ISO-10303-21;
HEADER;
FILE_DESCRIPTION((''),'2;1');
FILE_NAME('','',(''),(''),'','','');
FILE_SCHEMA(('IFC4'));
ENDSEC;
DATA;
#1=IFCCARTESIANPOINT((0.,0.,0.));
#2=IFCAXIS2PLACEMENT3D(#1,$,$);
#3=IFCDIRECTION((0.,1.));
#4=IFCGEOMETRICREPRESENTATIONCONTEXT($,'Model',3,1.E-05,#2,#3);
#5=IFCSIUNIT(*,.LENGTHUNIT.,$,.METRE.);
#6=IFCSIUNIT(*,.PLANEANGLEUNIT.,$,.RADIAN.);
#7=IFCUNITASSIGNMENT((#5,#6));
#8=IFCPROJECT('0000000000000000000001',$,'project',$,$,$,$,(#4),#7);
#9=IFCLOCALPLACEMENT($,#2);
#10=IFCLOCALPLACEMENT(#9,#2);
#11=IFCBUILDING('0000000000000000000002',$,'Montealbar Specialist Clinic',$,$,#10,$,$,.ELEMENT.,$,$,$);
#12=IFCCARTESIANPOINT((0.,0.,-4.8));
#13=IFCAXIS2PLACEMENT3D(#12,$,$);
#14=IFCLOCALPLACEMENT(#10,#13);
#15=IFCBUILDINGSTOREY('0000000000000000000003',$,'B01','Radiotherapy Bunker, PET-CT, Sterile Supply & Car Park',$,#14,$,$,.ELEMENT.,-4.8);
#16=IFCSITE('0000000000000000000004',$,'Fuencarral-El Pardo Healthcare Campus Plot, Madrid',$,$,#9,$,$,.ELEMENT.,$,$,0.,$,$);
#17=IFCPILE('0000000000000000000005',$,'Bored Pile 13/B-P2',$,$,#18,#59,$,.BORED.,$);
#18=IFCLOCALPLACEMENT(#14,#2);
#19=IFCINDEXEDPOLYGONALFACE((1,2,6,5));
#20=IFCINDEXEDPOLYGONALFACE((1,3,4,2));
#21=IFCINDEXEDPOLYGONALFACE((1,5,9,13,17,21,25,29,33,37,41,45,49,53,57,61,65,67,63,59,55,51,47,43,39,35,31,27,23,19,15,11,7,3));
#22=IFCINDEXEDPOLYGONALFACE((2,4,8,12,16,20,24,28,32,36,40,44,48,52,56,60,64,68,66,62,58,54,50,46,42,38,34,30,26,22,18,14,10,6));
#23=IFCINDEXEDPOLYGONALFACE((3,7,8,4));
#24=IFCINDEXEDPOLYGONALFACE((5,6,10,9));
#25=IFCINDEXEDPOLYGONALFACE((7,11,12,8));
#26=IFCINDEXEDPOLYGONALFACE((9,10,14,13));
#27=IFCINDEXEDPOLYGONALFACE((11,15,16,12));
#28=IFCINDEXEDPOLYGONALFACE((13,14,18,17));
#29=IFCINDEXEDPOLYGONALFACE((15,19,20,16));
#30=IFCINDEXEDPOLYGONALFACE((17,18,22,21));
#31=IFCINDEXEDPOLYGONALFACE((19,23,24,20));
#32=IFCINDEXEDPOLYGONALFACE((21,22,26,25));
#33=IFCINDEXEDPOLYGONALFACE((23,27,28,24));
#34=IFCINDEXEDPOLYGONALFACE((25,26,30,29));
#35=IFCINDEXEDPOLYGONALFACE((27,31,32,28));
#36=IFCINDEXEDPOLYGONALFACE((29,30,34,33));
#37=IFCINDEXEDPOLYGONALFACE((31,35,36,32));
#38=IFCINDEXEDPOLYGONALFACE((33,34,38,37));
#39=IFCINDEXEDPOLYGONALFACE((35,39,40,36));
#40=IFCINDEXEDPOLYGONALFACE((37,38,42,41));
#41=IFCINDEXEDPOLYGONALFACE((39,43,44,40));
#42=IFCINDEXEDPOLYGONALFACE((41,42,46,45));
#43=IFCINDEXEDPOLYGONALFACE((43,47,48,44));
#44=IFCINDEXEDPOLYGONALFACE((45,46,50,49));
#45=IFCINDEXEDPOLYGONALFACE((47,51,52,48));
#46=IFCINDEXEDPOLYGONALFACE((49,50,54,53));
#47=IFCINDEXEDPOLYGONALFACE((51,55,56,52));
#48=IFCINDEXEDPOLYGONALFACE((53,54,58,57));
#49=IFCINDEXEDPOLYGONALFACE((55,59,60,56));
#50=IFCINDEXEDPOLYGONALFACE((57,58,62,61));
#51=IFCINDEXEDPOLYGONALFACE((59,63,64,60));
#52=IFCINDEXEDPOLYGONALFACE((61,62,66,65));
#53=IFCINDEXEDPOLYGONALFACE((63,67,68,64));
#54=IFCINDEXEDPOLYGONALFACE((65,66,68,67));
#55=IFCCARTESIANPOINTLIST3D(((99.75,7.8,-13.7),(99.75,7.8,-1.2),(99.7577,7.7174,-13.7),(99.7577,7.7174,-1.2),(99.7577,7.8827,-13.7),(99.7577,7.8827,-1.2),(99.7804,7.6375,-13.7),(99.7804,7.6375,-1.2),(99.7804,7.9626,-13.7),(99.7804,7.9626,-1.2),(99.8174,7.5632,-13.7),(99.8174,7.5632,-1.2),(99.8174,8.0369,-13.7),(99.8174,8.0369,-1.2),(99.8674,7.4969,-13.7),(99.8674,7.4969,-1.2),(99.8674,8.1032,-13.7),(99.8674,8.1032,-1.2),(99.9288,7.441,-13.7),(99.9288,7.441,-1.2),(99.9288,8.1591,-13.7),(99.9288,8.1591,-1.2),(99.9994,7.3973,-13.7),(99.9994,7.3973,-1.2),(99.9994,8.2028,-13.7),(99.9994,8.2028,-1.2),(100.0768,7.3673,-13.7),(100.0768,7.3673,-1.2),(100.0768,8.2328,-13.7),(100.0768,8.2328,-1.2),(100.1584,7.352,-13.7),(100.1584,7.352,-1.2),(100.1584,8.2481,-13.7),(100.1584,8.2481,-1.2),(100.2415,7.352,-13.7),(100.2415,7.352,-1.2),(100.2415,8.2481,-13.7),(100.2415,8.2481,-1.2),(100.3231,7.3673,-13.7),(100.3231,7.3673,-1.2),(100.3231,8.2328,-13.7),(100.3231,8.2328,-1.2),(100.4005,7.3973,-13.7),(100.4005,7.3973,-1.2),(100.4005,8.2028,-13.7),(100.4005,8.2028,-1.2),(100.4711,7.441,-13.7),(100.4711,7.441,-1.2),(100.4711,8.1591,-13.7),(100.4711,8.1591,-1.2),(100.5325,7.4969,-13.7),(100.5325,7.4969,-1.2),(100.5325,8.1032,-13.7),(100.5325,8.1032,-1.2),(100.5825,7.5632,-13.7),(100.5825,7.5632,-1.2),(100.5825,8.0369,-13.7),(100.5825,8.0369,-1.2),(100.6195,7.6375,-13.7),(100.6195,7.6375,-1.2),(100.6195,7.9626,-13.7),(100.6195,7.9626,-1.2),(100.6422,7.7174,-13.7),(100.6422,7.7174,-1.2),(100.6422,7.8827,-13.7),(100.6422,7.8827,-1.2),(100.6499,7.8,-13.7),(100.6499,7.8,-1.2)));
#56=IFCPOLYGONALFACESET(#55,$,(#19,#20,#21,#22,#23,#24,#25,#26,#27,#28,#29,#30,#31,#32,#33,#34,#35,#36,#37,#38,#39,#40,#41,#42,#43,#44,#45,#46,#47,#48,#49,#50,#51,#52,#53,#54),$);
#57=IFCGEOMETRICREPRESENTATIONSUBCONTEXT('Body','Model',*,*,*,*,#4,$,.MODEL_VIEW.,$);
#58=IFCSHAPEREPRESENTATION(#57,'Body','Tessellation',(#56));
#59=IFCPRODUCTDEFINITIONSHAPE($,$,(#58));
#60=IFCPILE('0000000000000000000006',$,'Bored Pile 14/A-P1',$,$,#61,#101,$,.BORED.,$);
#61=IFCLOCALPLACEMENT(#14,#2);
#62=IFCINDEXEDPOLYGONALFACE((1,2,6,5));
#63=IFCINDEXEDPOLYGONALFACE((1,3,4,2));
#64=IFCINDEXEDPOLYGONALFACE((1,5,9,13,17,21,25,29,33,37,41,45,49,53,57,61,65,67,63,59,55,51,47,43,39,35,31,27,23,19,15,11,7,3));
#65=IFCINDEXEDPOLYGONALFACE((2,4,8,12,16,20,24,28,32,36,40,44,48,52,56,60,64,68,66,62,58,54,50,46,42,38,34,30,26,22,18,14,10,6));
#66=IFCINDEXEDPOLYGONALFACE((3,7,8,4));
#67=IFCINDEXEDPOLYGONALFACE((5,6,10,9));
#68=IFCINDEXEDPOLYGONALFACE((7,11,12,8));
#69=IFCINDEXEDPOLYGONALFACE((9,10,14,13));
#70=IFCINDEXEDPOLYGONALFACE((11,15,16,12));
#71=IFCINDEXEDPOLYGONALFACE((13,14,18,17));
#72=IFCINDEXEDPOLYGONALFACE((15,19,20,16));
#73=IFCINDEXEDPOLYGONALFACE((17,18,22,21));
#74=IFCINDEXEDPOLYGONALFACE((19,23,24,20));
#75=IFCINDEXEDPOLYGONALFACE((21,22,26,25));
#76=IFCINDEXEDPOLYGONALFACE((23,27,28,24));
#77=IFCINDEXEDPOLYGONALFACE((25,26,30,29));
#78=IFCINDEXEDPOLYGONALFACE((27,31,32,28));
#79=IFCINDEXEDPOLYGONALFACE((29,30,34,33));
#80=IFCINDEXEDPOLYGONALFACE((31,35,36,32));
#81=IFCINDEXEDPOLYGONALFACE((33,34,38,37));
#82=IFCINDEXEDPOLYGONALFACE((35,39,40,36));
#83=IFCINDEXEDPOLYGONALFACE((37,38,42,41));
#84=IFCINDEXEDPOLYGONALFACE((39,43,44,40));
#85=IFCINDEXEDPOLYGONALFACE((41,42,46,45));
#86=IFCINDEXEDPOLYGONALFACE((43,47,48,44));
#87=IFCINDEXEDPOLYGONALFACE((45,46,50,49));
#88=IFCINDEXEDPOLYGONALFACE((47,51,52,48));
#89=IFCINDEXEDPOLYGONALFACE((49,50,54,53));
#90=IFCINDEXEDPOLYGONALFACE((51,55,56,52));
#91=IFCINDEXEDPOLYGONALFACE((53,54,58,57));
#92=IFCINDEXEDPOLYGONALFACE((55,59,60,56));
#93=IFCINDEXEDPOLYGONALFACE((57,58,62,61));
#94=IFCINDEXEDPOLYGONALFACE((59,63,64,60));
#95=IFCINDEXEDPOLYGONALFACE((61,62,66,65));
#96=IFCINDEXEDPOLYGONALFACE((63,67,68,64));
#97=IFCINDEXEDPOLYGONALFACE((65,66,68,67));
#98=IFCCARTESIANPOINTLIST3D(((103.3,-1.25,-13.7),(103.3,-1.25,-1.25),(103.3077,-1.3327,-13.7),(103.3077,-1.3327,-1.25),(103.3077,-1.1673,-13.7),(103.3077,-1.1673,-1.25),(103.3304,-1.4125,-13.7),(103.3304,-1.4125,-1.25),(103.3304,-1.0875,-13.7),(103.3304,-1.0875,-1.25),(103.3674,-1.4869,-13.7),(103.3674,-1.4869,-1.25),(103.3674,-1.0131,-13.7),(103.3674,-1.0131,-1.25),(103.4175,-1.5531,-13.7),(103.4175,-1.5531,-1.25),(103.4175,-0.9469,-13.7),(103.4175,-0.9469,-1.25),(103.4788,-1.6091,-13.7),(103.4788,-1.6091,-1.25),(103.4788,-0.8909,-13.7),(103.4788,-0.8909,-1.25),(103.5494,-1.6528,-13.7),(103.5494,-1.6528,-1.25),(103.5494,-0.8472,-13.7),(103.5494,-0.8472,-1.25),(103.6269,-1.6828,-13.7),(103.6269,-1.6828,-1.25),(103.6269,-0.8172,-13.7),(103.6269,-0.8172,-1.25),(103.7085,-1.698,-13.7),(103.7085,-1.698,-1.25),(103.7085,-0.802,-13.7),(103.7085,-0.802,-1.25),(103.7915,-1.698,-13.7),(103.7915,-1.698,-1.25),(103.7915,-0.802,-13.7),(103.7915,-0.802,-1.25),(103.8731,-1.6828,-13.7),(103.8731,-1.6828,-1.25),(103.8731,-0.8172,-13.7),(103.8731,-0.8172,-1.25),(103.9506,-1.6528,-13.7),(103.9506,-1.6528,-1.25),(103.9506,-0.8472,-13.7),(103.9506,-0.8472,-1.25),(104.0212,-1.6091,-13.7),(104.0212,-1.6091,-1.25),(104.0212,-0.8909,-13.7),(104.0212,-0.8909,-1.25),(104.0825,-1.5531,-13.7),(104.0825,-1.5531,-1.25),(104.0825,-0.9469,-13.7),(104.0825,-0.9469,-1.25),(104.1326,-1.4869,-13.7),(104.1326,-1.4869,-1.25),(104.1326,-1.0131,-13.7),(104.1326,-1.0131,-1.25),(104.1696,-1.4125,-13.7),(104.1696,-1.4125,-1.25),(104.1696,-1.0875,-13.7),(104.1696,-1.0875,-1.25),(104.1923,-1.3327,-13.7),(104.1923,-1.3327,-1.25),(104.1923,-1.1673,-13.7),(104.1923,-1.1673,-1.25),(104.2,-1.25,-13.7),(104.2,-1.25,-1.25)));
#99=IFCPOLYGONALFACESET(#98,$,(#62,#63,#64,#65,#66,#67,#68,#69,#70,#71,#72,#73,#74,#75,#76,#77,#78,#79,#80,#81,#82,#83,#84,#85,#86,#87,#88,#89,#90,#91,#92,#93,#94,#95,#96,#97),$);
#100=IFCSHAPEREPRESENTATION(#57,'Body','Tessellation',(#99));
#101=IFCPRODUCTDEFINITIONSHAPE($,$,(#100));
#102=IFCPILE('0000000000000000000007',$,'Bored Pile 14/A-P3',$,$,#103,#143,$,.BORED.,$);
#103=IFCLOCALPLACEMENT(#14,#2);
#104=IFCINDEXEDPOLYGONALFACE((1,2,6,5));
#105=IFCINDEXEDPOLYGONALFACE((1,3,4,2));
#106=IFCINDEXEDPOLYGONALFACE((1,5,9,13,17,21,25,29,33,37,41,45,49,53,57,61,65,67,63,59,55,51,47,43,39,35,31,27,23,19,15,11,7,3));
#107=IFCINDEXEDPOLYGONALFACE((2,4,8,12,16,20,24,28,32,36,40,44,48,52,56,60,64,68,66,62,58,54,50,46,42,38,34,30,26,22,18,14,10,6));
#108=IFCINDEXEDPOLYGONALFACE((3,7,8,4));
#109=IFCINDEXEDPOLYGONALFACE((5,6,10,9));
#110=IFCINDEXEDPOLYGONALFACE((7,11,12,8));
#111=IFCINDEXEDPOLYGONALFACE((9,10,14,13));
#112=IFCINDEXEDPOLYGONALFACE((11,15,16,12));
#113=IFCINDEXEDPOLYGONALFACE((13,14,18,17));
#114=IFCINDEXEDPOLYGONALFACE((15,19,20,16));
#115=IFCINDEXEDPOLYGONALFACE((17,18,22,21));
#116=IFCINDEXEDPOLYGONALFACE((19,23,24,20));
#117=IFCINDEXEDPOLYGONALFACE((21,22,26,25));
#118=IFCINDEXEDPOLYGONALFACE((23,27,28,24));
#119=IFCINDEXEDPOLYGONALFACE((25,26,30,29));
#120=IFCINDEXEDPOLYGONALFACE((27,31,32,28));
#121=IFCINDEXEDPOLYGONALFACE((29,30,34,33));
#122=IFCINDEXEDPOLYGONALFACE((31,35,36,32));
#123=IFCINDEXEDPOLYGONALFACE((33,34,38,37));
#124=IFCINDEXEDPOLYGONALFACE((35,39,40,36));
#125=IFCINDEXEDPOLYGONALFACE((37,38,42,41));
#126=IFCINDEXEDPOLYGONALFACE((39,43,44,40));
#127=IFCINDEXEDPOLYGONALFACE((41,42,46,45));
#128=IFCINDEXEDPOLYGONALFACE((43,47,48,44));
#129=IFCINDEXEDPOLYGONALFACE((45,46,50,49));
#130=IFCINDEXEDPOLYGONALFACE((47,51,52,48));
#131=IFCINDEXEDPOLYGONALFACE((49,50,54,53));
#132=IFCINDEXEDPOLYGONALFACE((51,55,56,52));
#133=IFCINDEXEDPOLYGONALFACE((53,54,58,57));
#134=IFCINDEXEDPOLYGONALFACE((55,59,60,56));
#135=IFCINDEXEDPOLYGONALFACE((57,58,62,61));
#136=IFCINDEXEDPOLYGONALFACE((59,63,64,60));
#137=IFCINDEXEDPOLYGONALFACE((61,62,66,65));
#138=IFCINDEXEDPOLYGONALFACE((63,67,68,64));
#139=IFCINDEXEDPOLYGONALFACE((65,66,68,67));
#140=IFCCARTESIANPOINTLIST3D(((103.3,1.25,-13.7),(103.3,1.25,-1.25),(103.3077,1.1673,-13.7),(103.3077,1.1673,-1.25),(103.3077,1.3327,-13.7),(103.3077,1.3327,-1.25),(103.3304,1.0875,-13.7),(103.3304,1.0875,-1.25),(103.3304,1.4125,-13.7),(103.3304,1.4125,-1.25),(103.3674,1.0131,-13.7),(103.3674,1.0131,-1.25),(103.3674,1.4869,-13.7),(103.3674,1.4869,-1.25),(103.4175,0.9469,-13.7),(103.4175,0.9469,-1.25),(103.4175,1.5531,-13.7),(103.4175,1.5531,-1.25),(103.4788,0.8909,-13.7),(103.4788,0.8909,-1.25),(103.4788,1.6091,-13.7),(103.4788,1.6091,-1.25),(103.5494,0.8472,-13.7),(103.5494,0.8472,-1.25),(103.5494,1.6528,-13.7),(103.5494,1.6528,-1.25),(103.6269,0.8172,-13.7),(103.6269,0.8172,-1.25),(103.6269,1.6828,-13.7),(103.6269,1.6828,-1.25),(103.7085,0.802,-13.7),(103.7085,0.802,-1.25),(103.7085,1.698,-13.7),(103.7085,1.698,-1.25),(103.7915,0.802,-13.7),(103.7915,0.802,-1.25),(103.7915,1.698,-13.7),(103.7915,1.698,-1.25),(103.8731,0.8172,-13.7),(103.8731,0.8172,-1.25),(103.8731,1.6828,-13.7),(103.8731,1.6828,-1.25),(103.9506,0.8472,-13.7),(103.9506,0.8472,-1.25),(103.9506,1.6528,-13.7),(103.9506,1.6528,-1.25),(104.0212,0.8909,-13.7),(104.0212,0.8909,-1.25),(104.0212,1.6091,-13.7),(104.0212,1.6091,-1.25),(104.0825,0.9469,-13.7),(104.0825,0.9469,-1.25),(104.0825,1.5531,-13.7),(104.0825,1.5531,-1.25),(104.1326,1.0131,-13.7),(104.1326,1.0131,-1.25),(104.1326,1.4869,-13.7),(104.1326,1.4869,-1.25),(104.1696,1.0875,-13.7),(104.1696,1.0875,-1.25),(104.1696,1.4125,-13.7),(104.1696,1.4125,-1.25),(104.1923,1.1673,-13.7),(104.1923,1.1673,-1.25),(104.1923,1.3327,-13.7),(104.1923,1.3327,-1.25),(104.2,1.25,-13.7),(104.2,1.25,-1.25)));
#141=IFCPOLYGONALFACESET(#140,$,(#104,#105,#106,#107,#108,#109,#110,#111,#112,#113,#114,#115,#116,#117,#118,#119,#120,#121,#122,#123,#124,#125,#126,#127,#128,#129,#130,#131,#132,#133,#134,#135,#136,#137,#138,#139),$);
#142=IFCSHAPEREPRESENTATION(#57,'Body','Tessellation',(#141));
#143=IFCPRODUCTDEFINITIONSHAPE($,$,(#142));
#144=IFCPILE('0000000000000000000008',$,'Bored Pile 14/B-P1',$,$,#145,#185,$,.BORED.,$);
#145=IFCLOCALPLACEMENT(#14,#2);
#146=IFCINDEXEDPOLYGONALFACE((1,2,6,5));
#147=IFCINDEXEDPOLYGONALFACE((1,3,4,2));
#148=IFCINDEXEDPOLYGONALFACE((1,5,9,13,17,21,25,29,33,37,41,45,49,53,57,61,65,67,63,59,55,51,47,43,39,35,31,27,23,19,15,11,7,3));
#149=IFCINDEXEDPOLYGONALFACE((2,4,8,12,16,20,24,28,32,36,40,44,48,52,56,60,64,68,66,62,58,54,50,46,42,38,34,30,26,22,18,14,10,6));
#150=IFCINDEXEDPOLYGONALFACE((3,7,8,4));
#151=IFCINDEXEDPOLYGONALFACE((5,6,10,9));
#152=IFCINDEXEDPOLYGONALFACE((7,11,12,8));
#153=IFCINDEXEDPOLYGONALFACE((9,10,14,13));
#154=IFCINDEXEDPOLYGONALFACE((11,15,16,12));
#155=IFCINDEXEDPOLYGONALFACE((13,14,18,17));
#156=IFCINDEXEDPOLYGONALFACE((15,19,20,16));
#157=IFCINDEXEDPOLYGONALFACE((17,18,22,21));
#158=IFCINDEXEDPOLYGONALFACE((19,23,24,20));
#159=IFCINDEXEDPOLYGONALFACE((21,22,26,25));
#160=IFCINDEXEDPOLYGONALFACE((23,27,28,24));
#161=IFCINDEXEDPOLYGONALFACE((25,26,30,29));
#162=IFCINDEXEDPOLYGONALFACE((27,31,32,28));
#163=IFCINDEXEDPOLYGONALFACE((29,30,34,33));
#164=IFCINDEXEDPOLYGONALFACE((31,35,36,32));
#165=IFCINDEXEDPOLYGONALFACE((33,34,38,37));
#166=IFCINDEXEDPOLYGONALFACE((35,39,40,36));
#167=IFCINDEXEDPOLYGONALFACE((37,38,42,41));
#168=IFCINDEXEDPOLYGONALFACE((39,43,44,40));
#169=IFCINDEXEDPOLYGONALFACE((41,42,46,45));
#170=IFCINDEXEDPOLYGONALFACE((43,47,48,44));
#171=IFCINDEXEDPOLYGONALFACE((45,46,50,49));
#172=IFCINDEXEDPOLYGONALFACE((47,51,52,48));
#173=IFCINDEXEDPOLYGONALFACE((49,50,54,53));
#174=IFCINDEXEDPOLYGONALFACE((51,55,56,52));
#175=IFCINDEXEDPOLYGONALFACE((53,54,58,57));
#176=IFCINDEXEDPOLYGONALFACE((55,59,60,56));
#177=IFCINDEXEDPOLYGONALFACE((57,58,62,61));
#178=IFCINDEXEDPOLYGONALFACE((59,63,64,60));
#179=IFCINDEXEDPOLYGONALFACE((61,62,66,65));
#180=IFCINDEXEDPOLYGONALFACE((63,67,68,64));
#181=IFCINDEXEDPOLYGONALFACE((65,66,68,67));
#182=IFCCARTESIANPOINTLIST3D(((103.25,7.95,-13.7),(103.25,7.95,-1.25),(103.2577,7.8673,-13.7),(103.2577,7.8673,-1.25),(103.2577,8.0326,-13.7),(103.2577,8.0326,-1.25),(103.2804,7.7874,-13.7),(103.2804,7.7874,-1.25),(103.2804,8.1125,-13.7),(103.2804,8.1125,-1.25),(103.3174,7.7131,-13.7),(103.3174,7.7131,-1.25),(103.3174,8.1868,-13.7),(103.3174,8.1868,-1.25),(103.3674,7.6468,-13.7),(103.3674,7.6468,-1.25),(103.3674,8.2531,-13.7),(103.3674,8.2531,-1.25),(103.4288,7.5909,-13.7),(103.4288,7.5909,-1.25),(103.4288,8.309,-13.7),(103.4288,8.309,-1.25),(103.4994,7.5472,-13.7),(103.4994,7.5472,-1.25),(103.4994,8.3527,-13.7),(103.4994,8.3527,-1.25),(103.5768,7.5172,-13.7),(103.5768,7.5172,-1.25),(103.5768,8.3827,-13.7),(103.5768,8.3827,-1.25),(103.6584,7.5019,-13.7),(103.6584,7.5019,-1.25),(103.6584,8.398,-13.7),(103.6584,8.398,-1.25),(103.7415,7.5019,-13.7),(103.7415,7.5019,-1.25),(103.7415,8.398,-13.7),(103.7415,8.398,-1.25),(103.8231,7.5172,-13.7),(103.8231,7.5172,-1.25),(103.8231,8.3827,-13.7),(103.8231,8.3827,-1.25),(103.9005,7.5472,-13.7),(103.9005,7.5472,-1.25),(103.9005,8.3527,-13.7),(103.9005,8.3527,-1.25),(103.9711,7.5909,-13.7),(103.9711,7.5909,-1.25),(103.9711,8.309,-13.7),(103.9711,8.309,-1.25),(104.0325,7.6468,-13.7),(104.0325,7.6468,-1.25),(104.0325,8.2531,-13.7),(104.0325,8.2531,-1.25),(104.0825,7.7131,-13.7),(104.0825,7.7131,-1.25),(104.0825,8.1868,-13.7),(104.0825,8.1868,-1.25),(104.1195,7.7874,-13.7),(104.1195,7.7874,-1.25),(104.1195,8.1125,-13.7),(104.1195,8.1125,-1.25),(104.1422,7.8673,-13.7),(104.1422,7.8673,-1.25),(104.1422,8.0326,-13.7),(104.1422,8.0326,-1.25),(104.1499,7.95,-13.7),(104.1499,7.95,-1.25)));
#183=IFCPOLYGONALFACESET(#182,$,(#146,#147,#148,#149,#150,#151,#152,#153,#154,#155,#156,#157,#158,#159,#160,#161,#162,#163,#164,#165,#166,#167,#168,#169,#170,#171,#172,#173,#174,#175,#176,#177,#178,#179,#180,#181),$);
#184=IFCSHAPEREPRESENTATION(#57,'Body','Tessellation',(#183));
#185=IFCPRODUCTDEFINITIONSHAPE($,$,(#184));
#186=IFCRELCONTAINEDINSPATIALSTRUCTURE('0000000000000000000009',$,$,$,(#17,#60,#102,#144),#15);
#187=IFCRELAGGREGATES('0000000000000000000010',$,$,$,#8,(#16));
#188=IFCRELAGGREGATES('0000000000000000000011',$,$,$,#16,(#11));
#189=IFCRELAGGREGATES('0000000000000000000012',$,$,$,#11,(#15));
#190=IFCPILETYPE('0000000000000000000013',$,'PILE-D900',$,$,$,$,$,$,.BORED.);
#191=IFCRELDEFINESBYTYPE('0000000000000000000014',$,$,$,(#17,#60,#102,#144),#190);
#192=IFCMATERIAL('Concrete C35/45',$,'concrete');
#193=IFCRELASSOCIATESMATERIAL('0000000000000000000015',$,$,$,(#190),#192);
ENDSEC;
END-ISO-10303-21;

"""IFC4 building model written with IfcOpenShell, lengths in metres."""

from ifc_helpers import new_model, si_unit, direction, frame, origin, origin_2d, place, context, subcontext, project, spatial, circle, extrude, material, material_profile, profile_set, type_object, element, save


model = new_model("IFC4")

# Units and contexts
model_context = context("Model", 3, precision=1e-05, world=origin(), true_north=direction((0.0, 1.0)))
body_context = subcontext(model_context, "Body", "Model", "MODEL_VIEW")
ifc_project = project(units=[si_unit("LENGTHUNIT", "METRE"), si_unit("PLANEANGLEUNIT", "RADIAN")], contexts=[model_context])

# Site, building, storey
site_placement = place(None, origin())
site = spatial("IfcSite", under=ifc_project, at=site_placement, Name="Fuencarral-El Pardo Healthcare Campus Plot, Madrid", CompositionType="ELEMENT", RefElevation=0.0)
building_placement = place(site_placement, origin())
building = spatial("IfcBuilding", under=site, at=building_placement, Name="Montealbar Specialist Clinic", CompositionType="ELEMENT")
storey_placement = place(building_placement, frame((0.0, 0.0, -4.8)))
storey = spatial("IfcBuildingStorey", under=building, at=storey_placement, Name="B01", Description="Radiotherapy Bunker, PET-CT, Sterile Supply & Car Park", CompositionType="ELEMENT", Elevation=-4.8)

# Shared definitions
ifc_material_1 = material(Name="Concrete C35/45", Category="concrete")

# Piles
ifc_material_profile_1 = material_profile(ifc_material_1, circle(Radius=0.45, at=origin_2d()), Name="PILE D900", Category="concrete")
ifc_profile_set_1 = profile_set([ifc_material_profile_1], Name="Concrete C35/45")
pile_type_1 = type_object("IfcPileType", Name="PILE-D900", PredefinedType="BORED", material=ifc_profile_set_1)
for number, where, z_axis, x_axis, name in (
    (1, (100.2, 7.8, -1.2), (0.0, 0.0, -1.0), (1.0, 0.0, 0.0), "Bored Pile 13/B-P2"),
):
    element("IfcPile", number, at=place(storey_placement, frame(where, z_axis=z_axis, x_axis=x_axis)), inside=storey, type_object=pile_type_1, Name=name, PredefinedType="BORED", context=body_context, shape_type="SweptSolid", body=[
        extrude(circle(Radius=0.45, at=origin_2d()), origin(), (0.0, 0.0, 1.0), 12.5),
    ])
for number, where, z_axis, x_axis, name in (
    (2, (103.75, -1.25, -1.25), (0.0, 0.0, -1.0), (1.0, 0.0, 0.0), "Bored Pile 14/A-P1"),
    (3, (103.75, 1.25, -1.25), (0.0, 0.0, -1.0), (1.0, 0.0, 0.0), "Bored Pile 14/A-P3"),
    (4, (103.7, 7.95, -1.25), (0.0, 0.0, -1.0), (1.0, 0.0, 0.0), "Bored Pile 14/B-P1"),
):
    element("IfcPile", number, at=place(storey_placement, frame(where, z_axis=z_axis, x_axis=x_axis)), inside=storey, type_object=pile_type_1, Name=name, PredefinedType="BORED", context=body_context, shape_type="SweptSolid", body=[
        extrude(circle(Radius=0.45, at=origin_2d()), origin(), (0.0, 0.0, 1.0), 12.45),
    ])

save(model, "model.ifc")
